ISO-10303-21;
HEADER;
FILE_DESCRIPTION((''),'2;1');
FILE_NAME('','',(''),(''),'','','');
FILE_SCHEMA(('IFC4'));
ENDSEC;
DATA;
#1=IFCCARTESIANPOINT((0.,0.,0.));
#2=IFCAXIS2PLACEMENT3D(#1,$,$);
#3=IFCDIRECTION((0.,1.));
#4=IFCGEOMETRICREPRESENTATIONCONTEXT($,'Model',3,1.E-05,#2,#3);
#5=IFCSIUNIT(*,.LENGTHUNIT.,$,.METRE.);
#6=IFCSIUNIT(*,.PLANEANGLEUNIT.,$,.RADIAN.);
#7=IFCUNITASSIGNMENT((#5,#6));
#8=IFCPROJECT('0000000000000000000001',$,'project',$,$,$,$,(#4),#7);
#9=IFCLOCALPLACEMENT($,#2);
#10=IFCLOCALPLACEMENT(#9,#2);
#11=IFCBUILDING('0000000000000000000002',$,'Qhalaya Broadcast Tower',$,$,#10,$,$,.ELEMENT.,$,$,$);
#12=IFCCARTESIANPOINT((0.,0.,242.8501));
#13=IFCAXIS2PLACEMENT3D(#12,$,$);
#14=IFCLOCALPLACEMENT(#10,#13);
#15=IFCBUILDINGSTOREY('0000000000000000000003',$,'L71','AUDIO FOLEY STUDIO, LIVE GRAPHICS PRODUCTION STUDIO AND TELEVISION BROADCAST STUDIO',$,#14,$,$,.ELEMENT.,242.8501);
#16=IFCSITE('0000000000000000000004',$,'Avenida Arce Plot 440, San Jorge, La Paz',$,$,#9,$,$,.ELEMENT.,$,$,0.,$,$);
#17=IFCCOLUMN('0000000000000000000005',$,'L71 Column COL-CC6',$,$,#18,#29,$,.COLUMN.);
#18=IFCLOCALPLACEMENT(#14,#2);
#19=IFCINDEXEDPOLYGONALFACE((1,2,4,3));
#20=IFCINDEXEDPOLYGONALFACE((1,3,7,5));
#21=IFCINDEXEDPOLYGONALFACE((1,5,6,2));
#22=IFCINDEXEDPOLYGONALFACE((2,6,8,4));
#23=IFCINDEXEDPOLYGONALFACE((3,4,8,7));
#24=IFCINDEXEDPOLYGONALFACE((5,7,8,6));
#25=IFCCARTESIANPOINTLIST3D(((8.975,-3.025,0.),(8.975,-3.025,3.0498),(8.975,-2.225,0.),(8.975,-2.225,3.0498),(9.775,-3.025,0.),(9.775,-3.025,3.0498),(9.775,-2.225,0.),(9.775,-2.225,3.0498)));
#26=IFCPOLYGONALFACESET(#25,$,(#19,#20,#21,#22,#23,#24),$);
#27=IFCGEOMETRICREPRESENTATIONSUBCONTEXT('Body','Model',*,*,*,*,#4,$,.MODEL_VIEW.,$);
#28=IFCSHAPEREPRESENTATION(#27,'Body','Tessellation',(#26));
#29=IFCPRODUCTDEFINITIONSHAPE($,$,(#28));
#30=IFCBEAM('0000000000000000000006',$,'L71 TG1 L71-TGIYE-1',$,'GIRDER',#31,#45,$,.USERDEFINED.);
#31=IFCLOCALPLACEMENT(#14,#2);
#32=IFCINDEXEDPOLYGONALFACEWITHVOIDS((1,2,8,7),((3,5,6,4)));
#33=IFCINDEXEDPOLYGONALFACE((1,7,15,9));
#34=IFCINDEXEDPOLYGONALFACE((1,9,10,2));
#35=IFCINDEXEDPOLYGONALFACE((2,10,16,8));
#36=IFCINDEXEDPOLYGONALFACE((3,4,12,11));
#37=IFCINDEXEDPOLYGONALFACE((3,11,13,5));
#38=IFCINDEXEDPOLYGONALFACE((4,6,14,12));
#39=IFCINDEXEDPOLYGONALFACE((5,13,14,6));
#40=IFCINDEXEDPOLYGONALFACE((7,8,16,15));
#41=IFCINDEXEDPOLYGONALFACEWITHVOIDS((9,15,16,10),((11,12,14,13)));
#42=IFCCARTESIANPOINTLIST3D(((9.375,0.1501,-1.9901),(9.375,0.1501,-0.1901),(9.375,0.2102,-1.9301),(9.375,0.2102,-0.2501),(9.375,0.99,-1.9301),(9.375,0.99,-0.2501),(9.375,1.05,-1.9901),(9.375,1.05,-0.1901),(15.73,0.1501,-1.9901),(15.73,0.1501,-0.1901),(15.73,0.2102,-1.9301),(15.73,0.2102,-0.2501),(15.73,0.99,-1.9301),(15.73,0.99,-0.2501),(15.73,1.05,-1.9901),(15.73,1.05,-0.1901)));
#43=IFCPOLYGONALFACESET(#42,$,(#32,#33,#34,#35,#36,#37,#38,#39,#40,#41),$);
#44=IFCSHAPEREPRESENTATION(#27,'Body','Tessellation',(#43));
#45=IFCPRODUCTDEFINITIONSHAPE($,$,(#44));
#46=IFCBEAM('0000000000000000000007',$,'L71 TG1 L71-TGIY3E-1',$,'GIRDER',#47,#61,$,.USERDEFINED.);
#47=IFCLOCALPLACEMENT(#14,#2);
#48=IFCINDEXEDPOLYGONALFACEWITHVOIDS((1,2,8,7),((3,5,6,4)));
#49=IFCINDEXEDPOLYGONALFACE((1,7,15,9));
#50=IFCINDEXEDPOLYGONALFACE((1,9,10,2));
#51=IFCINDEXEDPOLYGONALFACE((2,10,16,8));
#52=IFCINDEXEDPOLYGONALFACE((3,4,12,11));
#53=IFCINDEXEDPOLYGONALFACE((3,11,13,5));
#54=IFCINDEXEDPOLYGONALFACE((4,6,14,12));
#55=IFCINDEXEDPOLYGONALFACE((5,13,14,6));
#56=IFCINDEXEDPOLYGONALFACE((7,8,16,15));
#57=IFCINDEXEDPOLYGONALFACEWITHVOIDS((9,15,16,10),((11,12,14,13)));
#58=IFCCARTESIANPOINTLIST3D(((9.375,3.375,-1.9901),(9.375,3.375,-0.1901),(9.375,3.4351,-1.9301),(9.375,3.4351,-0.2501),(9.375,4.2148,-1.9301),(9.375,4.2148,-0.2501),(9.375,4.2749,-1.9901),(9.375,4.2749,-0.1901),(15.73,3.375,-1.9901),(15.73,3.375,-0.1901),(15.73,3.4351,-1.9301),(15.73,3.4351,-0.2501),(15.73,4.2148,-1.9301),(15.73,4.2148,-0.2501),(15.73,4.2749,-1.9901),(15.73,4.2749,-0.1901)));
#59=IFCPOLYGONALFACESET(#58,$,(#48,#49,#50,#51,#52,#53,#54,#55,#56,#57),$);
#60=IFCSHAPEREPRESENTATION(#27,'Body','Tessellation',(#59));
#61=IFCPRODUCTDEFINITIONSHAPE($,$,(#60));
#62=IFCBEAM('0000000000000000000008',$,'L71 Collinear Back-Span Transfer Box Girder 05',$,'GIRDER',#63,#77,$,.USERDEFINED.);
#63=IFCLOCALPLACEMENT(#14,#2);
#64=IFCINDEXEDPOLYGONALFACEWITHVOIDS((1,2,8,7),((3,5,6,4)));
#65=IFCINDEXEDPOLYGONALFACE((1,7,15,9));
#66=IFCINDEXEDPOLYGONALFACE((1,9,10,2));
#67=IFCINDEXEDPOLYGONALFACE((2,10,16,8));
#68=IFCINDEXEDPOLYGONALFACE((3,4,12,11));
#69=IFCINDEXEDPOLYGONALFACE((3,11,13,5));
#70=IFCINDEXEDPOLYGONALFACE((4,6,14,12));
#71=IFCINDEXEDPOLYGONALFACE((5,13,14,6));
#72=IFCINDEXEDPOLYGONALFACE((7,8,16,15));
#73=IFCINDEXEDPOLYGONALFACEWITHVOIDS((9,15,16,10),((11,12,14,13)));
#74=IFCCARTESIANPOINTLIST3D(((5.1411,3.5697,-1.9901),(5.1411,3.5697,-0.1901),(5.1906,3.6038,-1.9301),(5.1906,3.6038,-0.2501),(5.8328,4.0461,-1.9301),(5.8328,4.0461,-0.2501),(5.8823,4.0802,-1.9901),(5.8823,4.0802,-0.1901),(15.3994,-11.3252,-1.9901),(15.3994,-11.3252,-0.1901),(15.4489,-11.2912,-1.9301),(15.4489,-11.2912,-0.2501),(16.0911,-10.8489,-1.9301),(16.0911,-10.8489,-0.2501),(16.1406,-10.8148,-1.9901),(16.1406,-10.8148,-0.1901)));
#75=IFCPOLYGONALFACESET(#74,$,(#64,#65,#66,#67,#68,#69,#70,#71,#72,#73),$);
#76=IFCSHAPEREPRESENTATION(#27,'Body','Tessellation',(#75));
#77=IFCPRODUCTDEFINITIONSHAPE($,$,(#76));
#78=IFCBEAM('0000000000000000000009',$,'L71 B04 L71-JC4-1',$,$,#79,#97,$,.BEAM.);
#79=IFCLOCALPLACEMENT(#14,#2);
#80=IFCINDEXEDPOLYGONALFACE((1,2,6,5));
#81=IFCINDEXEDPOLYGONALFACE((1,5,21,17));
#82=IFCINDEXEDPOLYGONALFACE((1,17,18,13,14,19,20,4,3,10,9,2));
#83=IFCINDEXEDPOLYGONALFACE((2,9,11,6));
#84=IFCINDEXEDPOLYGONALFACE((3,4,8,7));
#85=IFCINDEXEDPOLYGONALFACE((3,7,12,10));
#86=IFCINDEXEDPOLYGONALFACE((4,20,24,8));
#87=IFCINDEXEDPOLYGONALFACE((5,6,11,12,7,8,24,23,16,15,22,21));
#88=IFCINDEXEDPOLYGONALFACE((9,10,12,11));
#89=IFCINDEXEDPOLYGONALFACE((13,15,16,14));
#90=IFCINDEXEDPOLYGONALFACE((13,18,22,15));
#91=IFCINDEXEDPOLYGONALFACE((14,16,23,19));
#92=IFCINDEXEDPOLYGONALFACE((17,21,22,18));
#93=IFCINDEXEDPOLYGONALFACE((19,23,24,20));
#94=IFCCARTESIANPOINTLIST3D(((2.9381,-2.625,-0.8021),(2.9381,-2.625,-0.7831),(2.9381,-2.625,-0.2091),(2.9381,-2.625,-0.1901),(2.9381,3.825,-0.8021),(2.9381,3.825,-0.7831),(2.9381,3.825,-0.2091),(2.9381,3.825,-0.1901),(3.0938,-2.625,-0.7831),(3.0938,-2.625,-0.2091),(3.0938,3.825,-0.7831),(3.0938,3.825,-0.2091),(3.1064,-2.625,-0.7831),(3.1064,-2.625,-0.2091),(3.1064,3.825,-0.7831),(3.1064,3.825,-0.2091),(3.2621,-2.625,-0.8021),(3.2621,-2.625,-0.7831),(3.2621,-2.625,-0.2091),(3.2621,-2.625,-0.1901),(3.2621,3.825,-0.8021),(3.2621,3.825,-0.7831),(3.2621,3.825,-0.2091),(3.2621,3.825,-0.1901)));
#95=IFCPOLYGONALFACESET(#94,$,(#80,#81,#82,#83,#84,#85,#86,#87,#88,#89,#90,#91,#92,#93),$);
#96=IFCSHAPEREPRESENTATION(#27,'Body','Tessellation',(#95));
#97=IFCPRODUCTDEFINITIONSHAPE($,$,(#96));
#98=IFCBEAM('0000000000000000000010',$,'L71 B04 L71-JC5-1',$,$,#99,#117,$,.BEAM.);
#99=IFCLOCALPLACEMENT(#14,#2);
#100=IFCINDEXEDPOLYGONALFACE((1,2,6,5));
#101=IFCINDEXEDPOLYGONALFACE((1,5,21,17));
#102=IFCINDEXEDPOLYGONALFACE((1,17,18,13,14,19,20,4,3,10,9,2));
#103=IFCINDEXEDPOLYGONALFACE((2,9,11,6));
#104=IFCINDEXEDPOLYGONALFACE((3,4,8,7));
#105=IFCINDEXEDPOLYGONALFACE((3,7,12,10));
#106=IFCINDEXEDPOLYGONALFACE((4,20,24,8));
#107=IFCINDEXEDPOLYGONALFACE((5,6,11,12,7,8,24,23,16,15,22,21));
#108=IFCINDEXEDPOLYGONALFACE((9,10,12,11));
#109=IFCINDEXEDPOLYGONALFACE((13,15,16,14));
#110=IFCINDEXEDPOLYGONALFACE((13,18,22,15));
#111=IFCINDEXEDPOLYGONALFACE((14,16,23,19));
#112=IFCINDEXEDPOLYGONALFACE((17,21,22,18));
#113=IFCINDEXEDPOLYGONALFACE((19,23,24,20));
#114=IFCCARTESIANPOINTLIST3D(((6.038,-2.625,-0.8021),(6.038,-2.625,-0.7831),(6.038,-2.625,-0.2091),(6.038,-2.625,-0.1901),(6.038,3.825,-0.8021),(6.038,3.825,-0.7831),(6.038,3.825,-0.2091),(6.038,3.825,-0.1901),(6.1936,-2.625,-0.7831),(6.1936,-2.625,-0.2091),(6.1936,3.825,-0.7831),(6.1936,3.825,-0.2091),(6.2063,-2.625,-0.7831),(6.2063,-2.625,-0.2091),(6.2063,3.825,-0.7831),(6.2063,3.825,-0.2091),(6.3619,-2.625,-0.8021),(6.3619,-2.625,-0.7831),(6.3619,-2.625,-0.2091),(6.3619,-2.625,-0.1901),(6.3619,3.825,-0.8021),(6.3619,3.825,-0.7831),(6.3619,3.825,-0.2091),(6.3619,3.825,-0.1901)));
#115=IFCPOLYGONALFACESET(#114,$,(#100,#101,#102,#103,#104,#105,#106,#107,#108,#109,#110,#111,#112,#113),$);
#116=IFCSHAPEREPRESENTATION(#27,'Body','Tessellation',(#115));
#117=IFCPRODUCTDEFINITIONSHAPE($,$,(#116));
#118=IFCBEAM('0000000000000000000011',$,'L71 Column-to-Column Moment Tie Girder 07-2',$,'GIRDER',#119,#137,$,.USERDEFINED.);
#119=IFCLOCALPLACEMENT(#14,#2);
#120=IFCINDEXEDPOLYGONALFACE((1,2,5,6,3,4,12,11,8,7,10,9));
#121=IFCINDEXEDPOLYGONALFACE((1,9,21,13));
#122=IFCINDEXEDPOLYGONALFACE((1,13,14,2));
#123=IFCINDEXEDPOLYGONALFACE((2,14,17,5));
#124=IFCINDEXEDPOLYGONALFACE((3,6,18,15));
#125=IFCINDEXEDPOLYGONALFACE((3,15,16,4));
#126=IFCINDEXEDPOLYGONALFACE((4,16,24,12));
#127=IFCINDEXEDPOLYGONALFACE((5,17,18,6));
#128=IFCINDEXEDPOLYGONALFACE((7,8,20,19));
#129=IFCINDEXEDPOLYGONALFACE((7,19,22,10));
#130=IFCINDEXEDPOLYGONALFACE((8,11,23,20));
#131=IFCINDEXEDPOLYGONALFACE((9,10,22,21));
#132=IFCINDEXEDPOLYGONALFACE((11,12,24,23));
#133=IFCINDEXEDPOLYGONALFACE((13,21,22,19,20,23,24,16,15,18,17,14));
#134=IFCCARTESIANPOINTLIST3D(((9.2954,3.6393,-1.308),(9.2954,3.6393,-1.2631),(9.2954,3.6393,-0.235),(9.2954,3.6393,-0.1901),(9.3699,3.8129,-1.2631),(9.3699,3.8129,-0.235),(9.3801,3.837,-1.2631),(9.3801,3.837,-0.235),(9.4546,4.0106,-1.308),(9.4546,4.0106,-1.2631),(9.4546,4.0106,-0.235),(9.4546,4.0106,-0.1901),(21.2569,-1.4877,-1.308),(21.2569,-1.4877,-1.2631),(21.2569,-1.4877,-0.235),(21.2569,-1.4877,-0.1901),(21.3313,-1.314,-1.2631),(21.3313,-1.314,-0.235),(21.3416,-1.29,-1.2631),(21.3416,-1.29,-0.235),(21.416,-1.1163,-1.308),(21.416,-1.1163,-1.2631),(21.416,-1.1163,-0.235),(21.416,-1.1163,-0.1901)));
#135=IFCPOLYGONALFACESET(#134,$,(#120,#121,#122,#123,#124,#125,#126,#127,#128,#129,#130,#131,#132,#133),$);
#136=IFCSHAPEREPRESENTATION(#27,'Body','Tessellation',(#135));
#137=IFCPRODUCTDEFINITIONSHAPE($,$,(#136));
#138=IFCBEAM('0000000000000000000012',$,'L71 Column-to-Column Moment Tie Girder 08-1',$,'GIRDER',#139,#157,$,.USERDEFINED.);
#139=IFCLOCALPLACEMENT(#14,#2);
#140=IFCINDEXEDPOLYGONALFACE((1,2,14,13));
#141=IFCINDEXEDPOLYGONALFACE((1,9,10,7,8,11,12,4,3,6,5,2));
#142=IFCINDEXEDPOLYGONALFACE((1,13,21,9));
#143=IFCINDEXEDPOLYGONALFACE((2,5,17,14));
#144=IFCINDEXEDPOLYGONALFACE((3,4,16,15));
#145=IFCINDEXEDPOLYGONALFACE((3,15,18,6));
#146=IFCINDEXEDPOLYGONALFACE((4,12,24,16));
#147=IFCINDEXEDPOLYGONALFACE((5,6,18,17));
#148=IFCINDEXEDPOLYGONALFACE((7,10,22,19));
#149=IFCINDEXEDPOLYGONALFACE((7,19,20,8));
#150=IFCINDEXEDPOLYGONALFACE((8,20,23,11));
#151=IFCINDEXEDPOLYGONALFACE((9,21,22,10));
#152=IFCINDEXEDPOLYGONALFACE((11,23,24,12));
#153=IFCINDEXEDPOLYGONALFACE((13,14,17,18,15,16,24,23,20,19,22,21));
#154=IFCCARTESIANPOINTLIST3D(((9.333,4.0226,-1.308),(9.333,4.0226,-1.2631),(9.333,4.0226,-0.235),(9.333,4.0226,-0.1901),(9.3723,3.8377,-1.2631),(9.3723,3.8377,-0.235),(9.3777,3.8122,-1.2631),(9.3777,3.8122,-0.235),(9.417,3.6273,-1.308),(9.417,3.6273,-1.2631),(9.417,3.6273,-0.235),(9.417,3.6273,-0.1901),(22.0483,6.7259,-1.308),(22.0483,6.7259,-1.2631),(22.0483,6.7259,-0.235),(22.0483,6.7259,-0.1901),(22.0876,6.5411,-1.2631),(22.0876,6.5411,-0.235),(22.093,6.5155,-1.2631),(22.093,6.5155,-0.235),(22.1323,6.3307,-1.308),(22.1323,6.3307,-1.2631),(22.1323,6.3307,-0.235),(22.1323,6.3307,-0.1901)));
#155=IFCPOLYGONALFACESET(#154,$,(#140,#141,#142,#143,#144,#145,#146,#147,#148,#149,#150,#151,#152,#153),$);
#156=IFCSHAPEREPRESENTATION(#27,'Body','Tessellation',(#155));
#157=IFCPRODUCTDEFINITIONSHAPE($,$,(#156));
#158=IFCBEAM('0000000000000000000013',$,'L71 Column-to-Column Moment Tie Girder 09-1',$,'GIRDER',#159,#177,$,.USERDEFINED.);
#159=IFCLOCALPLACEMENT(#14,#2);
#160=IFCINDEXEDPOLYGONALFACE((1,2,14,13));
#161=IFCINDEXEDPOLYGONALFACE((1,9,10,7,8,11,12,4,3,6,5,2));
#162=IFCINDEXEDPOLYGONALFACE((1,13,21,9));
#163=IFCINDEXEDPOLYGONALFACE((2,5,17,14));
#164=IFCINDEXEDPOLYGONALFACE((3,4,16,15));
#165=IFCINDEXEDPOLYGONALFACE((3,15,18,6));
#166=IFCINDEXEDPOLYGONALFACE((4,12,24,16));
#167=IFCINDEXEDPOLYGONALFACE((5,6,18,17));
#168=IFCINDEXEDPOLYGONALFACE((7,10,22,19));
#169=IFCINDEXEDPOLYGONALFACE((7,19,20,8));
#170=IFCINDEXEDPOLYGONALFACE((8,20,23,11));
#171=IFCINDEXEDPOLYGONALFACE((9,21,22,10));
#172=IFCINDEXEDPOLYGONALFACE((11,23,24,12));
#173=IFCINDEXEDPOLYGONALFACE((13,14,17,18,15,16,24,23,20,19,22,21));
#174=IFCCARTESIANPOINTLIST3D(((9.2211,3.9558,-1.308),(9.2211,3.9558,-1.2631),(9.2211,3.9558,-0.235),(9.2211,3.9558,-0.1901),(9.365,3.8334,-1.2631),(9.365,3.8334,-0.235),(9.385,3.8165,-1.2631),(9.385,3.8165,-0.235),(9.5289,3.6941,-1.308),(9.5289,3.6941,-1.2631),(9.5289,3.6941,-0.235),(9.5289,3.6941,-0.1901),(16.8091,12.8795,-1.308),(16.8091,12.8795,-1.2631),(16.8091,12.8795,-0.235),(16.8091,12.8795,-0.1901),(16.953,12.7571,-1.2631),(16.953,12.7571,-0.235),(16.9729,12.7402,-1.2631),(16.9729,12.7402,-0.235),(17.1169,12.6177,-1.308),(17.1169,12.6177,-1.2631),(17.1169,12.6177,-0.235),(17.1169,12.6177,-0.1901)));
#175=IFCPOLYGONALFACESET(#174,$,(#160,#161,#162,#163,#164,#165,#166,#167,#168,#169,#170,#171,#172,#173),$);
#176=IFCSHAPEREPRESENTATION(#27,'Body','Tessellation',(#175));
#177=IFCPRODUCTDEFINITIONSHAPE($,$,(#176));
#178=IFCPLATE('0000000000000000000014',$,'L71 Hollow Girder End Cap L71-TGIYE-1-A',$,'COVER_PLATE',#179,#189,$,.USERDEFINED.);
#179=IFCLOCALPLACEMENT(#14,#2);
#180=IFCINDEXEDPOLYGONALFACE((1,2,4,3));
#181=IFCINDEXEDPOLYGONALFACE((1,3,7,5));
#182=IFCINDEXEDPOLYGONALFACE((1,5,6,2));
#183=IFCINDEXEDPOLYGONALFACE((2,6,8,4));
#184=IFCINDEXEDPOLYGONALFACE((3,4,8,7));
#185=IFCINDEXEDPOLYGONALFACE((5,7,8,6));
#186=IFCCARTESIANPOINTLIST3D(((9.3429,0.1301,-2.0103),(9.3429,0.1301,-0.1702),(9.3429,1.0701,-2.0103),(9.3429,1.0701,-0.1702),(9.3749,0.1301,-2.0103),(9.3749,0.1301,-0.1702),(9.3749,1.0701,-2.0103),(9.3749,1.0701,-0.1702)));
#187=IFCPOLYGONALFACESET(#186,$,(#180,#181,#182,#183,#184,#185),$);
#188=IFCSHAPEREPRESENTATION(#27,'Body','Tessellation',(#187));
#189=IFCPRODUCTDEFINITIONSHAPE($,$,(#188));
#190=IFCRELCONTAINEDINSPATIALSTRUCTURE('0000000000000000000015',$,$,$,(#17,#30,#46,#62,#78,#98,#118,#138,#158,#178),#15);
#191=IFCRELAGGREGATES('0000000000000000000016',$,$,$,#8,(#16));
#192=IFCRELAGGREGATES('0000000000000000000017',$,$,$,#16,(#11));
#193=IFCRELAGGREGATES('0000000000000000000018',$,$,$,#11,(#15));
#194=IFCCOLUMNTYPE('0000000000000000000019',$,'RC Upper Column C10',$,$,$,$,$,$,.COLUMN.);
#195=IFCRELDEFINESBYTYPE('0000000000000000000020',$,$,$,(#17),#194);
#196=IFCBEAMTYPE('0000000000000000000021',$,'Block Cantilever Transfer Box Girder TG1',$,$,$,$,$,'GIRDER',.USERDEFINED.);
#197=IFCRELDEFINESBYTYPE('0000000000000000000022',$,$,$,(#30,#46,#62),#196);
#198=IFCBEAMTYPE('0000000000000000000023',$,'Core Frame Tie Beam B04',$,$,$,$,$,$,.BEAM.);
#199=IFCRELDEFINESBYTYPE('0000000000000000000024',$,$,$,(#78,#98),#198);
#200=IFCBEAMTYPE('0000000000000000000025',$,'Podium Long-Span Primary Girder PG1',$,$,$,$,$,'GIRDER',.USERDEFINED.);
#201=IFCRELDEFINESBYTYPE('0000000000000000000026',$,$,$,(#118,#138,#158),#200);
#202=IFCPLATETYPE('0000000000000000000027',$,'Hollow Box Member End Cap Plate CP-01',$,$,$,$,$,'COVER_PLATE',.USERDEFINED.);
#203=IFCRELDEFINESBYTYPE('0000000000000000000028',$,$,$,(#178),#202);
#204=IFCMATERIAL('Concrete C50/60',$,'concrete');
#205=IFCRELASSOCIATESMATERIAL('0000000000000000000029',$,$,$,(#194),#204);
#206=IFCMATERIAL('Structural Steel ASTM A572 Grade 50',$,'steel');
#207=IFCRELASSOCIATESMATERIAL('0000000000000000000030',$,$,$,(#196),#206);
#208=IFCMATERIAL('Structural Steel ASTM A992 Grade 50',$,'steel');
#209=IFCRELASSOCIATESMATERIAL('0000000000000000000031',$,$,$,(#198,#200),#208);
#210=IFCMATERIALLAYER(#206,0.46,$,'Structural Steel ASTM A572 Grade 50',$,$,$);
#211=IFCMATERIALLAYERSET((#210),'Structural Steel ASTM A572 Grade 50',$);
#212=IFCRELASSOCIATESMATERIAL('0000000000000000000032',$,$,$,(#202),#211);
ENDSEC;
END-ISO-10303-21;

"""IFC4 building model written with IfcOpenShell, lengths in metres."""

from ifc_helpers import new_model, si_unit, direction, frame, origin, origin_2d, place, context, subcontext, project, spatial, rectangle, hollow_rectangle, i_section, extrude, material, layer, layer_set, material_profile, profile_set, type_object, element, save


model = new_model("IFC4")

# Units and contexts
model_context = context("Model", 3, precision=1e-05, world=origin(), true_north=direction((0.0, 1.0)))
body_context = subcontext(model_context, "Body", "Model", "MODEL_VIEW")
ifc_project = project(units=[si_unit("LENGTHUNIT", "METRE"), si_unit("PLANEANGLEUNIT", "RADIAN")], contexts=[model_context])

# Site, building, storey
site_placement = place(None, origin())
site = spatial("IfcSite", under=ifc_project, at=site_placement, Name="Avenida Arce Plot 440, San Jorge, La Paz", CompositionType="ELEMENT", RefElevation=0.0)
building_placement = place(site_placement, origin())
building = spatial("IfcBuilding", under=site, at=building_placement, Name="Qhalaya Broadcast Tower", CompositionType="ELEMENT")
storey_placement = place(building_placement, frame((0.0, 0.0, 242.8501)))
storey = spatial("IfcBuildingStorey", under=building, at=storey_placement, Name="L71", Description="AUDIO FOLEY STUDIO, LIVE GRAPHICS PRODUCTION STUDIO AND TELEVISION BROADCAST STUDIO", CompositionType="ELEMENT", Elevation=242.8501)

# Column
ifc_material_1 = material(Name="Concrete C50/60", Category="concrete")
ifc_material_profile_1 = material_profile(ifc_material_1, rectangle(XDim=0.8, YDim=0.8, at=origin_2d()), Name="RC-COL 800x800")
ifc_profile_set_1 = profile_set([ifc_material_profile_1], Name="Concrete C50/60")
column_type = type_object("IfcColumnType", Name="RC Upper Column C10", PredefinedType="COLUMN", material=ifc_profile_set_1)
column_placement = place(storey_placement, frame((9.375, -2.625, 0.0), z_axis=(0.0, 0.0, 1.0), x_axis=(1.0, 0.0, 0.0)))
element("IfcColumn", 1, at=column_placement, inside=storey, type_object=column_type, Name="L71 Column COL-CC6", PredefinedType="COLUMN", context=body_context, shape_type="SweptSolid", body=[
    extrude(rectangle(XDim=0.8, YDim=0.8, at=origin_2d()), origin(), (0.0, 0.0, 1.0), 3.0498),
])

# Beams
ifc_material_2 = material(Name="Structural Steel ASTM A572 Grade 50", Category="steel")
ifc_material_profile_2 = material_profile(ifc_material_2, hollow_rectangle(XDim=0.8999, YDim=1.8, WallThickness=0.0601, at=origin_2d()), Name="BOX 900x1800x60")
ifc_profile_set_2 = profile_set([ifc_material_profile_2], Name="Structural Steel ASTM A572 Grade 50")
beam_type_1 = type_object("IfcBeamType", Name="Block Cantilever Transfer Box Girder TG1", ElementType="GIRDER", PredefinedType="USERDEFINED", material=ifc_profile_set_2)
for number, where, z_axis, x_axis, name in (
    (2, (9.375, 0.6001, -1.0901), (1.0, 0.0, 0.0), (0.0, 1.0, 0.0), "L71 TG1 L71-TGIYE-1"),
    (3, (9.375, 3.825, -1.0901), (1.0, 0.0, 0.0), (0.0, 1.0, 0.0), "L71 TG1 L71-TGIY3E-1"),
):
    element("IfcBeam", number, at=place(storey_placement, frame(where, z_axis=z_axis, x_axis=x_axis)), inside=storey, type_object=beam_type_1, Name=name, ObjectType="GIRDER", PredefinedType="USERDEFINED", context=body_context, shape_type="SweptSolid", body=[
        extrude(hollow_rectangle(XDim=0.8999, YDim=1.8, WallThickness=0.0601, at=origin_2d()), origin(), (0.0, 0.0, 1.0), 6.355),
    ])
beam_1_placement = place(storey_placement, frame((5.5117, 3.825, -1.0901), z_axis=(0.567204, -0.823578, 0.0), x_axis=(0.823578, 0.567204, 0.0)))
element("IfcBeam", 4, at=beam_1_placement, inside=storey, type_object=beam_type_1, Name="L71 Collinear Back-Span Transfer Box Girder 05", ObjectType="GIRDER", PredefinedType="USERDEFINED", context=body_context, shape_type="SweptSolid", body=[
    extrude(hollow_rectangle(XDim=0.8999, YDim=1.8, WallThickness=0.0601, at=origin_2d()), origin(), (0.0, 0.0, 1.0), 18.0857),
])
ifc_material_3 = material(Name="Structural Steel ASTM A992 Grade 50", Category="steel")
ifc_material_profile_3 = material_profile(ifc_material_3, i_section(OverallWidth=0.324, OverallDepth=0.6121, WebThickness=0.0127, FlangeThickness=0.019, at=origin_2d()), Name="W24X104")
ifc_profile_set_3 = profile_set([ifc_material_profile_3], Name="Structural Steel ASTM A992 Grade 50")
beam_type_2 = type_object("IfcBeamType", Name="Core Frame Tie Beam B04", PredefinedType="BEAM", material=ifc_profile_set_3)
for number, where, z_axis, x_axis, name in (
    (5, (3.1001, -2.625, -0.4961), (0.0, 1.0, 0.0), (-1.0, 0.0, 0.0), "L71 B04 L71-JC4-1"),
    (6, (6.2, -2.625, -0.4961), (0.0, 1.0, 0.0), (-1.0, 0.0, 0.0), "L71 B04 L71-JC5-1"),
):
    element("IfcBeam", number, at=place(storey_placement, frame(where, z_axis=z_axis, x_axis=x_axis)), inside=storey, type_object=beam_type_2, Name=name, PredefinedType="BEAM", context=body_context, shape_type="SweptSolid", body=[
        extrude(i_section(OverallWidth=0.324, OverallDepth=0.6121, WebThickness=0.0127, FlangeThickness=0.019, at=origin_2d()), origin(), (0.0, 0.0, 1.0), 6.45),
    ])
ifc_material_profile_4 = material_profile(ifc_material_3, i_section(OverallWidth=0.4041, OverallDepth=1.1179, WebThickness=0.0261, FlangeThickness=0.0449, at=origin_2d()), Name="W44X335")
ifc_profile_set_4 = profile_set([ifc_material_profile_4], Name="Structural Steel ASTM A992 Grade 50")
beam_type_3 = type_object("IfcBeamType", Name="Podium Long-Span Primary Girder PG1", ElementType="GIRDER", PredefinedType="USERDEFINED", material=ifc_profile_set_4)
beam_2_placement = place(storey_placement, frame((9.375, 3.825, -0.749), z_axis=(0.919128, -0.39396, 0.0), x_axis=(0.39396, 0.919128, 0.0)))
element("IfcBeam", 7, at=beam_2_placement, inside=storey, type_object=beam_type_3, Name="L71 Column-to-Column Moment Tie Girder 07-2", ObjectType="GIRDER", PredefinedType="USERDEFINED", context=body_context, shape_type="SweptSolid", body=[
    extrude(i_section(OverallWidth=0.4041, OverallDepth=1.1179, WebThickness=0.0261, FlangeThickness=0.0449, at=origin_2d()), origin(), (0.0, 0.0, 1.0), 13.0139),
])
beam_3_placement = place(storey_placement, frame((9.375, 3.825, -0.749), z_axis=(0.978138, 0.207959, 0.0), x_axis=(-0.207959, 0.978138, 0.0)))
element("IfcBeam", 8, at=beam_3_placement, inside=storey, type_object=beam_type_3, Name="L71 Column-to-Column Moment Tie Girder 08-1", ObjectType="GIRDER", PredefinedType="USERDEFINED", context=body_context, shape_type="SweptSolid", body=[
    extrude(i_section(OverallWidth=0.4041, OverallDepth=1.1179, WebThickness=0.0261, FlangeThickness=0.0449, at=origin_2d()), origin(), (0.0, 0.0, 1.0), 12.9995),
])
beam_4_placement = place(storey_placement, frame((9.375, 3.825, -0.749), z_axis=(0.647789, 0.761819, 0.0), x_axis=(-0.761819, 0.647789, 0.0)))
element("IfcBeam", 9, at=beam_4_placement, inside=storey, type_object=beam_type_3, Name="L71 Column-to-Column Moment Tie Girder 09-1", ObjectType="GIRDER", PredefinedType="USERDEFINED", context=body_context, shape_type="SweptSolid", body=[
    extrude(i_section(OverallWidth=0.4041, OverallDepth=1.1179, WebThickness=0.0261, FlangeThickness=0.0449, at=origin_2d()), origin(), (0.0, 0.0, 1.0), 11.7136),
])

# Plate
ifc_layer_1 = layer(ifc_material_2, 0.46, Name="Structural Steel ASTM A572 Grade 50")
ifc_layer_set_1 = layer_set([ifc_layer_1], Name="Structural Steel ASTM A572 Grade 50")
plate_type = type_object("IfcPlateType", Name="Hollow Box Member End Cap Plate CP-01", ElementType="COVER_PLATE", PredefinedType="USERDEFINED", material=ifc_layer_set_1)
for number, where, z_axis, x_axis, name in (
    (10, (9.3589, 0.6001, -2.0103), (0.0, 0.0, 1.0), (0.0, 1.0, 0.0), "L71 Hollow Girder End Cap L71-TGIYE-1-A"),
):
    element("IfcPlate", number, at=place(storey_placement, frame(where, z_axis=z_axis, x_axis=x_axis)), inside=storey, type_object=plate_type, Name=name, ObjectType="COVER_PLATE", PredefinedType="USERDEFINED", context=body_context, shape_type="SweptSolid", body=[
        extrude(rectangle(XDim=0.9399, YDim=0.032, at=origin_2d()), origin(), (0.0, 0.0, 1.0), 1.8401),
    ])

save(model, "model.ifc")
